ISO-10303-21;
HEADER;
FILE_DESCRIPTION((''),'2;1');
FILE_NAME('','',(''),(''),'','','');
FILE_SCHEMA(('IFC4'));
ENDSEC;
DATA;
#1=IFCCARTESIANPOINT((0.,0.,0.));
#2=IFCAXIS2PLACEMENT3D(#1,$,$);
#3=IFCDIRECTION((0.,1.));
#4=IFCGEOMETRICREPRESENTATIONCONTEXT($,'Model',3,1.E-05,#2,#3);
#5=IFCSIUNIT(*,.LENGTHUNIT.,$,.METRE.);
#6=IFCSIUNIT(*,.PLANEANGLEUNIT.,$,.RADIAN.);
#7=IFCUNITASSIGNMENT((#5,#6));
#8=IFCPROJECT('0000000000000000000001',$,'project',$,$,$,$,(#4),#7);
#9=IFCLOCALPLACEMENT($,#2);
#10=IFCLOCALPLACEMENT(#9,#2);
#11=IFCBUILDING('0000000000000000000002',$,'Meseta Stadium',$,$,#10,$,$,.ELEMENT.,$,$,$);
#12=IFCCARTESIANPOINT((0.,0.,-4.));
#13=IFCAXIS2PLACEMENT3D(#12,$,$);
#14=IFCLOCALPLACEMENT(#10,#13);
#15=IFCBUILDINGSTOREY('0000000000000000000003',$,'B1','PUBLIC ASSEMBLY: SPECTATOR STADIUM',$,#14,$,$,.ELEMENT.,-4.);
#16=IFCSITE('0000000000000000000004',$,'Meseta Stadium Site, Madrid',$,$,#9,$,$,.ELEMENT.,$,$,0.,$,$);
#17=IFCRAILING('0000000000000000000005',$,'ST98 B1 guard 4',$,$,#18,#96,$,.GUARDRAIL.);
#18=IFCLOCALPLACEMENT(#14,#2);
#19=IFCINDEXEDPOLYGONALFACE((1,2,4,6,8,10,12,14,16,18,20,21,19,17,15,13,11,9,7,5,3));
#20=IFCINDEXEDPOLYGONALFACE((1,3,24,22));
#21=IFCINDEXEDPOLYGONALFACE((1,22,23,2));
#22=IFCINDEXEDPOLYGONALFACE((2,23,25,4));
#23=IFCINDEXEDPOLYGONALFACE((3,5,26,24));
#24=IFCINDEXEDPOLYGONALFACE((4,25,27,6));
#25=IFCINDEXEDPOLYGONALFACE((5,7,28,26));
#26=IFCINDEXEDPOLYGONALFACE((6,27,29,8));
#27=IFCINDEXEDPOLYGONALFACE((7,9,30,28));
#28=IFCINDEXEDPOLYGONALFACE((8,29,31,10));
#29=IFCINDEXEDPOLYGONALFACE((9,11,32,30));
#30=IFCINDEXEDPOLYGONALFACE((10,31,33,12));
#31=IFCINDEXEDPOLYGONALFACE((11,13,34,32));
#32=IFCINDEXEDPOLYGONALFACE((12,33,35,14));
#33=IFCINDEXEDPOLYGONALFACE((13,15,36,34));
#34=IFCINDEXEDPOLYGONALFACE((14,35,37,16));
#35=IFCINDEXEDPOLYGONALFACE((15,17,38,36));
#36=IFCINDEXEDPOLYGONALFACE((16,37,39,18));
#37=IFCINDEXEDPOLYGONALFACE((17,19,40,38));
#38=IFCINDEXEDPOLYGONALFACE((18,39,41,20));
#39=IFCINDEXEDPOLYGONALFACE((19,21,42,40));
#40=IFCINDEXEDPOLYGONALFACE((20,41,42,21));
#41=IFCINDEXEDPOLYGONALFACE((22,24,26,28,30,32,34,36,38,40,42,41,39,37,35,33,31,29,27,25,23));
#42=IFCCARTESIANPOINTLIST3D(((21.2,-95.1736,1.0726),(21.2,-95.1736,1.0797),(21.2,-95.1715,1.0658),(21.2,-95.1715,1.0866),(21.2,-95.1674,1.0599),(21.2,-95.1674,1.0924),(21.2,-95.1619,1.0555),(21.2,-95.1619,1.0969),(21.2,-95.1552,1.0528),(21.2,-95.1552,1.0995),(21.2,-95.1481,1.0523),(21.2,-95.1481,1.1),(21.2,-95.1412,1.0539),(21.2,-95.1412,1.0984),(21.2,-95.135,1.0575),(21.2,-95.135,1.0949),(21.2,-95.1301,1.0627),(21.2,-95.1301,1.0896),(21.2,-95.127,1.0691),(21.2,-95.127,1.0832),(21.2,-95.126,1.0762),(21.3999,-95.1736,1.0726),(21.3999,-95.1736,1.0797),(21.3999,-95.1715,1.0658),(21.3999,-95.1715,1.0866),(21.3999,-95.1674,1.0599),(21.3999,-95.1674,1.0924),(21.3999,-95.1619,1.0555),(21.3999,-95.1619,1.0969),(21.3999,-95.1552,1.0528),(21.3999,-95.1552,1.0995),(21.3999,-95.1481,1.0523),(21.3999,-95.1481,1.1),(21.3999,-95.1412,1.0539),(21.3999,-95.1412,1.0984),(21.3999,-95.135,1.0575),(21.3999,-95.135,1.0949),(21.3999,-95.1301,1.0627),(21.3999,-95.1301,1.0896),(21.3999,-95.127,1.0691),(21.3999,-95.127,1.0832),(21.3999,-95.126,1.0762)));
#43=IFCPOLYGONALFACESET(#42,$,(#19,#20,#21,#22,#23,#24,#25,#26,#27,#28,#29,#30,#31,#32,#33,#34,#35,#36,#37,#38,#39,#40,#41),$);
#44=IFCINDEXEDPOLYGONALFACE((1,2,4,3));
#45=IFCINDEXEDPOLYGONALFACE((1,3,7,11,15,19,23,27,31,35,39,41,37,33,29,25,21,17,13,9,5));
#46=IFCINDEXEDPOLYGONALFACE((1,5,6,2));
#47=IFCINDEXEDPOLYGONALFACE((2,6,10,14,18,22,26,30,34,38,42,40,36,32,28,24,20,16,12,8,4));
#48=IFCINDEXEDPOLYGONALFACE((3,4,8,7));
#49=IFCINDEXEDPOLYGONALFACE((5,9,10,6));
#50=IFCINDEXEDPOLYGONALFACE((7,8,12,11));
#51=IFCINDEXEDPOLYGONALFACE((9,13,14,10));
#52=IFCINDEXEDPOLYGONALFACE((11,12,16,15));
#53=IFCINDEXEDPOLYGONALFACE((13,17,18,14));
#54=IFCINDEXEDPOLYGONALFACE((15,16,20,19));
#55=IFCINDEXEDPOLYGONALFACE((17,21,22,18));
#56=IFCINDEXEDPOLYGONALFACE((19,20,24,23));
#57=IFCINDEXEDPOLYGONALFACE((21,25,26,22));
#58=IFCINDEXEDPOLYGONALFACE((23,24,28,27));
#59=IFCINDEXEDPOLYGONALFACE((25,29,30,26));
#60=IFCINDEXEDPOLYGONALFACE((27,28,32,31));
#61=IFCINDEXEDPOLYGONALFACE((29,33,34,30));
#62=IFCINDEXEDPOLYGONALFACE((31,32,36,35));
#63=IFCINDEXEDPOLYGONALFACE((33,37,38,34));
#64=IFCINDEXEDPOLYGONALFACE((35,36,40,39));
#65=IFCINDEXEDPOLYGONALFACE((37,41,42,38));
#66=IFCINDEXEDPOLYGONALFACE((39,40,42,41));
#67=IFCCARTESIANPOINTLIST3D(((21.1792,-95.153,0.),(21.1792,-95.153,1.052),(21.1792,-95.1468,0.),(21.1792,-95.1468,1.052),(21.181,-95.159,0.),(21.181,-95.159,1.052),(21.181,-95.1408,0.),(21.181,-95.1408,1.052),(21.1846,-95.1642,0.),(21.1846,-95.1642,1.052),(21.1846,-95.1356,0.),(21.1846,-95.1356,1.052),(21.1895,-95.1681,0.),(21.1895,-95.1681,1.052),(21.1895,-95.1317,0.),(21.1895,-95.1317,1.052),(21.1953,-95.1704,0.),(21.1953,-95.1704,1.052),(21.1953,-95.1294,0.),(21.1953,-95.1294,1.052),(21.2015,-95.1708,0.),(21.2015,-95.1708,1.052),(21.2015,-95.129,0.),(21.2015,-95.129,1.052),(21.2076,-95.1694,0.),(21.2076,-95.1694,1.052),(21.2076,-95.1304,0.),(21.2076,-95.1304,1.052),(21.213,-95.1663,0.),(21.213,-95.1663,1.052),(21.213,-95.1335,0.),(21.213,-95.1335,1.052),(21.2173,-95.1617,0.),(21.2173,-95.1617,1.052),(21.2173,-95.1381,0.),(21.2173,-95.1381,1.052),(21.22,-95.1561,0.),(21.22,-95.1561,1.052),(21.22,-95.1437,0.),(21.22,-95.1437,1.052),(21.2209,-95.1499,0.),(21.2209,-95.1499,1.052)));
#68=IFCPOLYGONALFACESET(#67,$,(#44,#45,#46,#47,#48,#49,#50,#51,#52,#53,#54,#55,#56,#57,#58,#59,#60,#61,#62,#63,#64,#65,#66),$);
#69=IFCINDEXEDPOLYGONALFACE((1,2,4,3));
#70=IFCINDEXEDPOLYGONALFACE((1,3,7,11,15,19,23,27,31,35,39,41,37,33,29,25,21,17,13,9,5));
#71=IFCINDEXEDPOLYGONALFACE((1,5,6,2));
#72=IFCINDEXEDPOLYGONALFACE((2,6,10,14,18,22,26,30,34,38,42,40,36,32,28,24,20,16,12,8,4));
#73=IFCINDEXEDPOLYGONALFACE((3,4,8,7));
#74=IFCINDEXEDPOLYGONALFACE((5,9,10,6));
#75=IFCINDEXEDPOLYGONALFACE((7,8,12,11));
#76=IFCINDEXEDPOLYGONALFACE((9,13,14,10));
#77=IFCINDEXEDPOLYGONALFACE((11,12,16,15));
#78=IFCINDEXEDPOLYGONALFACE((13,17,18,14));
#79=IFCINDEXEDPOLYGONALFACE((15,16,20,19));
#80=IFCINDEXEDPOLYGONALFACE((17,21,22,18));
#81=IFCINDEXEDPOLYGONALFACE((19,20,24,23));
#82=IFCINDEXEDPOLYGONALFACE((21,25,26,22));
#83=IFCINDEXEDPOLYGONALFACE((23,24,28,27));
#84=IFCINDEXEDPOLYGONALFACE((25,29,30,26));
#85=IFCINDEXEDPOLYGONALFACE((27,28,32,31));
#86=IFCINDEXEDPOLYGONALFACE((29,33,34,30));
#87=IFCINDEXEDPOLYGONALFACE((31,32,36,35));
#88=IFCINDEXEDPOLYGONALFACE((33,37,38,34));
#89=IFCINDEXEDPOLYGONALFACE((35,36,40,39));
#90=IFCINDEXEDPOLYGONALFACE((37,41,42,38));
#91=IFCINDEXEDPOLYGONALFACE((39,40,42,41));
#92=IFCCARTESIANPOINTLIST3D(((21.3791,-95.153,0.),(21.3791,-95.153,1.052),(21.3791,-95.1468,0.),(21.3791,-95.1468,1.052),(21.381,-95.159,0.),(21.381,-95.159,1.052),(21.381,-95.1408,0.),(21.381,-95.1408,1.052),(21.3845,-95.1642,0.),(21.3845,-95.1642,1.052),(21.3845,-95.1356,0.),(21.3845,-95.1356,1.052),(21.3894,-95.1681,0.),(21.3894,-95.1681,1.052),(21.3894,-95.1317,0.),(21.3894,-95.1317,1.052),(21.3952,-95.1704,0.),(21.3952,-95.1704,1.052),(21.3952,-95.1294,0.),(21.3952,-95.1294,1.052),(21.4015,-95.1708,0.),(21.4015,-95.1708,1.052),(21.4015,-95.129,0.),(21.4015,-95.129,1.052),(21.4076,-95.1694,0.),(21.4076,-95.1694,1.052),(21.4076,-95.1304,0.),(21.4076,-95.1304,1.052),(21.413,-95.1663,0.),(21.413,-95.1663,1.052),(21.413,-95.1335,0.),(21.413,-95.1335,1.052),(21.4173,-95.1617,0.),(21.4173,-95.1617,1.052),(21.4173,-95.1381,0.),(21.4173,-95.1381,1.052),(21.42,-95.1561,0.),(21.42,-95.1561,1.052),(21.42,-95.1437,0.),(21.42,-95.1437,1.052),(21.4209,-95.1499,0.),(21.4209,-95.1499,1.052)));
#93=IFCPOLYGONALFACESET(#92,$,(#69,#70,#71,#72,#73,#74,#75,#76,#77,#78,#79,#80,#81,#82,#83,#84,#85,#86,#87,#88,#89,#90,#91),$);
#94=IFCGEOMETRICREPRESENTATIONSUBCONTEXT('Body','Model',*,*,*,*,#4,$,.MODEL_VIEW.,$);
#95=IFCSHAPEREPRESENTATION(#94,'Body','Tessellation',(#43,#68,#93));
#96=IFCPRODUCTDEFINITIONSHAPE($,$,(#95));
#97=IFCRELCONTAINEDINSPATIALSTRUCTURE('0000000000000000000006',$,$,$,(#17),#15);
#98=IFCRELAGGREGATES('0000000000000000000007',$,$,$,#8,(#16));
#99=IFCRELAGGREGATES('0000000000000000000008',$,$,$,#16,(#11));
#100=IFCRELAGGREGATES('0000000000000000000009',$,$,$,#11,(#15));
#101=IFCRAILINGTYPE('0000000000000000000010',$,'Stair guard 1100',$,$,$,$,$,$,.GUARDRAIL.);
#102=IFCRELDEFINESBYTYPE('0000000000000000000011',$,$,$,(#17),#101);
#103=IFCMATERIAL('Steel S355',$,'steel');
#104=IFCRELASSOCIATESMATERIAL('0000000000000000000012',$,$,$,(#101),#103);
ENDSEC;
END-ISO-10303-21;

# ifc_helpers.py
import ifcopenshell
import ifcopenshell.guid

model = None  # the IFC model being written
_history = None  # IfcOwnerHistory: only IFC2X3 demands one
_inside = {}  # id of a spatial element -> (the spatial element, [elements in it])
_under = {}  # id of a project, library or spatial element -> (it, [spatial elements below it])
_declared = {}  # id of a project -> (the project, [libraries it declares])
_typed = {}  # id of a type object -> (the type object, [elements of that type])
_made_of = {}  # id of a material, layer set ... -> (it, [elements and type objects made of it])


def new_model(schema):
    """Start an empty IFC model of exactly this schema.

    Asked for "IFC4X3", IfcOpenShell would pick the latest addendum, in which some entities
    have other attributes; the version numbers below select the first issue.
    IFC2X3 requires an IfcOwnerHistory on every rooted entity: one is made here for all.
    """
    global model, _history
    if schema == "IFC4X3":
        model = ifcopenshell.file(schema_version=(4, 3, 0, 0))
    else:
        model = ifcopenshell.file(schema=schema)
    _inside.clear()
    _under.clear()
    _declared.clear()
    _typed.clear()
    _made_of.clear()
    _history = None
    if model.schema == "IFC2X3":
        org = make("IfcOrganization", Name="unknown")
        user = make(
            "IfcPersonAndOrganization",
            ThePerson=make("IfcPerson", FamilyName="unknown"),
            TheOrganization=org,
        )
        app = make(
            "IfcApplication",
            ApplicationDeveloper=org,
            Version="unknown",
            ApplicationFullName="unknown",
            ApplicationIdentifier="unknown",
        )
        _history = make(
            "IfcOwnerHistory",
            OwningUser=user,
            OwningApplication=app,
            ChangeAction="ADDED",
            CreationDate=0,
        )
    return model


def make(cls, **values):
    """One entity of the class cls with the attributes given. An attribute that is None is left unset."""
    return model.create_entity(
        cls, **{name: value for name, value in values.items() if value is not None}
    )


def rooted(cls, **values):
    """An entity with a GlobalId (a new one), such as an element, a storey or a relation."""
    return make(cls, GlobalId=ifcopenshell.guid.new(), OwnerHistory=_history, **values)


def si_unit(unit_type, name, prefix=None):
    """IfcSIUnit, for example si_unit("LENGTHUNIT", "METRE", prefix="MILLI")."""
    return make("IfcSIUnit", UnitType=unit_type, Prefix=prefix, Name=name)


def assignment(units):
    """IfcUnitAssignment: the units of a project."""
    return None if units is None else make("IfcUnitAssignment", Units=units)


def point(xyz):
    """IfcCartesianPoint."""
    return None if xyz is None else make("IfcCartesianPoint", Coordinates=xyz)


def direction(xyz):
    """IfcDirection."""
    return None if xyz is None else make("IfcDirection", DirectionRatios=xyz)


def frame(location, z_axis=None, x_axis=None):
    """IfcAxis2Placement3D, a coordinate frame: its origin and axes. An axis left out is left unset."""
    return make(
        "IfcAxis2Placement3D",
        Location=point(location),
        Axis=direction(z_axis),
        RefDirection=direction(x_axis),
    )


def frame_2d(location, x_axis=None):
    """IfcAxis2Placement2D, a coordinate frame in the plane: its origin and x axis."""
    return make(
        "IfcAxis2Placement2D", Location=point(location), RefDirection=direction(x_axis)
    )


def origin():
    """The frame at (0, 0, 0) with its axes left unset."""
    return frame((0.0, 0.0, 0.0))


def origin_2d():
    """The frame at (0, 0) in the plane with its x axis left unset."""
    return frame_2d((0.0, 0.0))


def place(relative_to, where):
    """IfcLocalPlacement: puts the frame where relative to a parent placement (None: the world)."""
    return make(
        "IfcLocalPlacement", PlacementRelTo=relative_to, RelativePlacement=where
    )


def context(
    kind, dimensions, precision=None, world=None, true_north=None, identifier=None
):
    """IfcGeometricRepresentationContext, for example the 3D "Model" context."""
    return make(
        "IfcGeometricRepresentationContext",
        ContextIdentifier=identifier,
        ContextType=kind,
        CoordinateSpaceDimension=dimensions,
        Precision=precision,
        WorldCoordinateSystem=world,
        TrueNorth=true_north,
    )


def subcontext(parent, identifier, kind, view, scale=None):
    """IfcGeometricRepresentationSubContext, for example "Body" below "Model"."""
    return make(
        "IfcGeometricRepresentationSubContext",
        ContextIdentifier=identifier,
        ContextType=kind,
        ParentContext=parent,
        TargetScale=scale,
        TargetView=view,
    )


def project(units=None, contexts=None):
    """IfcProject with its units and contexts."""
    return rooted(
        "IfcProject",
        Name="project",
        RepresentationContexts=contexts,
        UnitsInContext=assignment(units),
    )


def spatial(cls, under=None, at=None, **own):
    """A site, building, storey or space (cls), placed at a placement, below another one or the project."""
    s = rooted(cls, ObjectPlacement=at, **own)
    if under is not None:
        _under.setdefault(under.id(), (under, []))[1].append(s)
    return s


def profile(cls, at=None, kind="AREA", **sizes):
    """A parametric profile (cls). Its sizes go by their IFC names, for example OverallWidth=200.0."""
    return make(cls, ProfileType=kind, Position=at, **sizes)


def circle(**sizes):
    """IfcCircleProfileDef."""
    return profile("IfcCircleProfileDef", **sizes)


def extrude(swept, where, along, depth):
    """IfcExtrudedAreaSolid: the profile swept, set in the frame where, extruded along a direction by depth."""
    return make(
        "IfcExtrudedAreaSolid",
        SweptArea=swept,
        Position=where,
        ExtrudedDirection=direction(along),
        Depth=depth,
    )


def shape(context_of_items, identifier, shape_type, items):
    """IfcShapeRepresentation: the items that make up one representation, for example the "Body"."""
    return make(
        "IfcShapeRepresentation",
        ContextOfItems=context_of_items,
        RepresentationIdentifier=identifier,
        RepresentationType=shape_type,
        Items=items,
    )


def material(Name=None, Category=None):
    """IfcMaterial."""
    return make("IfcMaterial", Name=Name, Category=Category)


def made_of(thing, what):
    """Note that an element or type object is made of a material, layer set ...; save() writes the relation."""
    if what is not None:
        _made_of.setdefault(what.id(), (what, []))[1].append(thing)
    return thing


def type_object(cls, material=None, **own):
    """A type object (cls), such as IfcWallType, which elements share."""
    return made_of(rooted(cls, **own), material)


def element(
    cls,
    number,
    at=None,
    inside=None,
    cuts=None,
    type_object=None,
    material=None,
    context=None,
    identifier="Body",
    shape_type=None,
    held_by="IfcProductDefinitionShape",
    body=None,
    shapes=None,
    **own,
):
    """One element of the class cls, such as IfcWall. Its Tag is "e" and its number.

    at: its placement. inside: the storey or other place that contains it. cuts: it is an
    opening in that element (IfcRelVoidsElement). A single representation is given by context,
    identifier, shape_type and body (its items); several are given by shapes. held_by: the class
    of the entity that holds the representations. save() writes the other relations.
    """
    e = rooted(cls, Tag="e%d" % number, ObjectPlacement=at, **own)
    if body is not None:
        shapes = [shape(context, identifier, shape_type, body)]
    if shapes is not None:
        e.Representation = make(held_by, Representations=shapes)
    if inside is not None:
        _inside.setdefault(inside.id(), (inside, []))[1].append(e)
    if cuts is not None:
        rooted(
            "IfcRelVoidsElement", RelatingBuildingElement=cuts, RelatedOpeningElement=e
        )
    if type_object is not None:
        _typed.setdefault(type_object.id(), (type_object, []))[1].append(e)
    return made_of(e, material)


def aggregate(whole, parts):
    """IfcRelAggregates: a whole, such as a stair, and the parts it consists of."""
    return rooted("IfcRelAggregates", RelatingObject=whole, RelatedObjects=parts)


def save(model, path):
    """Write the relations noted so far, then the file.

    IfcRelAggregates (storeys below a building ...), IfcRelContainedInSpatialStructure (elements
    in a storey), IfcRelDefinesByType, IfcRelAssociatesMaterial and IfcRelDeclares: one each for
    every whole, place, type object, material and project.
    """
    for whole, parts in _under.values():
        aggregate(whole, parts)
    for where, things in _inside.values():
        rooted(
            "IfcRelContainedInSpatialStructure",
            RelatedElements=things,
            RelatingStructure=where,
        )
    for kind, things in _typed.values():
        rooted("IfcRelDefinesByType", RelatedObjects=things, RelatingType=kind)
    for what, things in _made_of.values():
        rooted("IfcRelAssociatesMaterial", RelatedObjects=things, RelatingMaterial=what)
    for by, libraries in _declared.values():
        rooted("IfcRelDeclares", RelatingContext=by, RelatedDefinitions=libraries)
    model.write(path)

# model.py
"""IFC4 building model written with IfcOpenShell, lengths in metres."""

from ifc_helpers import new_model, si_unit, direction, frame, origin, origin_2d, place, context, subcontext, project, spatial, circle, extrude, material, type_object, element, save


model = new_model("IFC4")

# Units and contexts
model_context = context("Model", 3, precision=1e-05, world=origin(), true_north=direction((0.0, 1.0)))
body_context = subcontext(model_context, "Body", "Model", "MODEL_VIEW")
ifc_project = project(units=[si_unit("LENGTHUNIT", "METRE"), si_unit("PLANEANGLEUNIT", "RADIAN")], contexts=[model_context])

# Site, building, storey
site_placement = place(None, origin())
site = spatial("IfcSite", under=ifc_project, at=site_placement, Name="Meseta Stadium Site, Madrid", CompositionType="ELEMENT", RefElevation=0.0)
building_placement = place(site_placement, origin())
building = spatial("IfcBuilding", under=site, at=building_placement, Name="Meseta Stadium", CompositionType="ELEMENT")
storey_placement = place(building_placement, frame((0.0, 0.0, -4.0)))
storey = spatial("IfcBuildingStorey", under=building, at=storey_placement, Name="B1", Description="PUBLIC ASSEMBLY: SPECTATOR STADIUM", CompositionType="ELEMENT", Elevation=-4.0)

# Railing
ifc_material_1 = material(Name="Steel S355", Category="steel")
railing_type_1 = type_object("IfcRailingType", Name="Stair guard 1100", PredefinedType="GUARDRAIL", material=ifc_material_1)
railing_1_placement = place(storey_placement, frame((21.2, -95.1499, 0.0)))
element("IfcRailing", 1, at=railing_1_placement, inside=storey, type_object=railing_type_1, Name="ST98 B1 guard 4", PredefinedType="GUARDRAIL", context=body_context, shape_type="SweptSolid", body=[
    extrude(circle(Radius=0.0239, at=origin_2d()), frame((0.0, 0.0, 1.0762), z_axis=(1.0, 0.0, 0.0), x_axis=(0.0, 1.0, 0.0)), (0.0, 0.0, 1.0), 0.2),
    extrude(circle(Radius=0.021, at=origin_2d()), origin(), (0.0, 0.0, 1.0), 1.052),
    extrude(circle(Radius=0.021, at=origin_2d()), frame((0.2, 0.0, 0.0)), (0.0, 0.0, 1.0), 1.052),
])

save(model, "model.ifc")
